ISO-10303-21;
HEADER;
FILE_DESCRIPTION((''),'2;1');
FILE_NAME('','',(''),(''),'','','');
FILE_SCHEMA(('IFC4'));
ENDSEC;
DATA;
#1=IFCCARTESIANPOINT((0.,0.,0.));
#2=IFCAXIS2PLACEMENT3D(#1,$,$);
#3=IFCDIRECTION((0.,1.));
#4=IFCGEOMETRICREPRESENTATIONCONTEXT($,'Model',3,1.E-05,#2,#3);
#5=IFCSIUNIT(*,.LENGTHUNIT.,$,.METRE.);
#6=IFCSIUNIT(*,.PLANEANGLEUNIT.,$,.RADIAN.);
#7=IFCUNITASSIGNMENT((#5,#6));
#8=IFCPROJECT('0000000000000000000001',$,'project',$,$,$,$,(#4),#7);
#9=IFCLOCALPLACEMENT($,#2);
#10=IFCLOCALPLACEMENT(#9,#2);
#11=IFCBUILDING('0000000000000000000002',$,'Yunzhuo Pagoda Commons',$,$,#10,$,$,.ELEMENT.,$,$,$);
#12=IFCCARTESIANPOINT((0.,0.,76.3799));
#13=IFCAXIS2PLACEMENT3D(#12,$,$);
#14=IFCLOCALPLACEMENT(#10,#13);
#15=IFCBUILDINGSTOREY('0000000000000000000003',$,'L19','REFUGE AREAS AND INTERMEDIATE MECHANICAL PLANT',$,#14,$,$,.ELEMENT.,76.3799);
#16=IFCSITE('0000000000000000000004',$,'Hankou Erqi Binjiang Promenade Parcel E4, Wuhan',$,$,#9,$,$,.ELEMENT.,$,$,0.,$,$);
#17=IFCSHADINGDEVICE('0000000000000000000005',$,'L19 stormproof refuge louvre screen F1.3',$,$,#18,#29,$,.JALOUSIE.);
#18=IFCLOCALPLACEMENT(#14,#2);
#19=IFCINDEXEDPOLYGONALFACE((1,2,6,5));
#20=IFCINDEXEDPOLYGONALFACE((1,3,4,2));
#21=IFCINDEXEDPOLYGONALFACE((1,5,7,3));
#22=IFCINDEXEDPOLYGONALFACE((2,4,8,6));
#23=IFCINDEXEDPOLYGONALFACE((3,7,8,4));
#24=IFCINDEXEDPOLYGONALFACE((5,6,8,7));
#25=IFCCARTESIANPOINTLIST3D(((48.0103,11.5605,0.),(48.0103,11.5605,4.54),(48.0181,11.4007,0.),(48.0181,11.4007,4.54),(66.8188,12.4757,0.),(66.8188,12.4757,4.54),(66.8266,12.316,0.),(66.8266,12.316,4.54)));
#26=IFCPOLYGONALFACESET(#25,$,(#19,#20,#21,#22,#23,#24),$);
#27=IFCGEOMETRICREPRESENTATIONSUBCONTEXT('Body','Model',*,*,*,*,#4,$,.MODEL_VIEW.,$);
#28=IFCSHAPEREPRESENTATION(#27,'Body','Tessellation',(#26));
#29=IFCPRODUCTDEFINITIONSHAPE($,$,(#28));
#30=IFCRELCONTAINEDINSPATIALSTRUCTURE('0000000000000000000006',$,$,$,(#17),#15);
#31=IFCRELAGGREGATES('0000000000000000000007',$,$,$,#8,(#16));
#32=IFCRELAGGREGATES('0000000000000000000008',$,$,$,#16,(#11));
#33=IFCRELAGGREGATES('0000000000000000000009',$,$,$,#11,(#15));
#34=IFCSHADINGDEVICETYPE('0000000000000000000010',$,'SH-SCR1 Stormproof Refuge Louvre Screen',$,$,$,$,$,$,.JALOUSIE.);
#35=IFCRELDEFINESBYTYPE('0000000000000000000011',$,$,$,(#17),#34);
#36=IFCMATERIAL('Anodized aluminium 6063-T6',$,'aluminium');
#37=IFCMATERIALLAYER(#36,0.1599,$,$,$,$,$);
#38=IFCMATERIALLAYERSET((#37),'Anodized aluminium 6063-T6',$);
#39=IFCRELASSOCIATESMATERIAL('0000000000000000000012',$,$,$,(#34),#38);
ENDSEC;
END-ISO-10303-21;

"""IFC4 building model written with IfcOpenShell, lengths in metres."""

from ifc_helpers import new_model, si_unit, direction, frame, origin, origin_2d, place, context, subcontext, project, spatial, rectangle, extrude, source, transform, mapped, material, layer, layer_set, type_object, element, save


model = new_model("IFC4")

# Units and contexts
model_context = context("Model", 3, precision=1e-05, world=origin(), true_north=direction((0.0, 1.0)))
body_context = subcontext(model_context, "Body", "Model", "MODEL_VIEW")
ifc_project = project(units=[si_unit("LENGTHUNIT", "METRE"), si_unit("PLANEANGLEUNIT", "RADIAN")], contexts=[model_context])

# Site, building, storey
site_placement = place(None, origin())
site = spatial("IfcSite", under=ifc_project, at=site_placement, Name="Hankou Erqi Binjiang Promenade Parcel E4, Wuhan", CompositionType="ELEMENT", RefElevation=0.0)
building_placement = place(site_placement, origin())
building = spatial("IfcBuilding", under=site, at=building_placement, Name="Yunzhuo Pagoda Commons", CompositionType="ELEMENT")
storey_placement = place(building_placement, frame((0.0, 0.0, 76.3799)))
storey = spatial("IfcBuildingStorey", under=building, at=storey_placement, Name="L19", Description="REFUGE AREAS AND INTERMEDIATE MECHANICAL PLANT", CompositionType="ELEMENT", Elevation=76.3799)

# Shading device
ifc_material_1 = material(Name="Anodized aluminium 6063-T6", Category="aluminium")
ifc_layer_1 = layer(ifc_material_1, 0.1599)
ifc_layer_set_1 = layer_set([ifc_layer_1], Name="Anodized aluminium 6063-T6")
shading_device_type = type_object("IfcShadingDeviceType", Name="SH-SCR1 Stormproof Refuge Louvre Screen", PredefinedType="JALOUSIE", material=ifc_layer_set_1)
shared_shape_1 = source(origin(), body_context, "Body", "SweptSolid", [
    extrude(rectangle(XDim=18.8308, YDim=0.1599, at=origin_2d()), origin(), (0.0, 0.0, 1.0), 4.54),
])
shading_device_placement = place(storey_placement, frame((57.4185, 11.9382, 0.0), z_axis=(0.0, 0.0, 1.0), x_axis=(0.998818, 0.048606, 0.0)))
element("IfcShadingDevice", 1, at=shading_device_placement, inside=storey, type_object=shading_device_type, Name="L19 stormproof refuge louvre screen F1.3", PredefinedType="JALOUSIE", context=body_context, shape_type="MappedRepresentation", body=[
    mapped(shared_shape_1, transform((0.0, 0.0, 0.0), scale=1.0)),
])

save(model, "model.ifc")
